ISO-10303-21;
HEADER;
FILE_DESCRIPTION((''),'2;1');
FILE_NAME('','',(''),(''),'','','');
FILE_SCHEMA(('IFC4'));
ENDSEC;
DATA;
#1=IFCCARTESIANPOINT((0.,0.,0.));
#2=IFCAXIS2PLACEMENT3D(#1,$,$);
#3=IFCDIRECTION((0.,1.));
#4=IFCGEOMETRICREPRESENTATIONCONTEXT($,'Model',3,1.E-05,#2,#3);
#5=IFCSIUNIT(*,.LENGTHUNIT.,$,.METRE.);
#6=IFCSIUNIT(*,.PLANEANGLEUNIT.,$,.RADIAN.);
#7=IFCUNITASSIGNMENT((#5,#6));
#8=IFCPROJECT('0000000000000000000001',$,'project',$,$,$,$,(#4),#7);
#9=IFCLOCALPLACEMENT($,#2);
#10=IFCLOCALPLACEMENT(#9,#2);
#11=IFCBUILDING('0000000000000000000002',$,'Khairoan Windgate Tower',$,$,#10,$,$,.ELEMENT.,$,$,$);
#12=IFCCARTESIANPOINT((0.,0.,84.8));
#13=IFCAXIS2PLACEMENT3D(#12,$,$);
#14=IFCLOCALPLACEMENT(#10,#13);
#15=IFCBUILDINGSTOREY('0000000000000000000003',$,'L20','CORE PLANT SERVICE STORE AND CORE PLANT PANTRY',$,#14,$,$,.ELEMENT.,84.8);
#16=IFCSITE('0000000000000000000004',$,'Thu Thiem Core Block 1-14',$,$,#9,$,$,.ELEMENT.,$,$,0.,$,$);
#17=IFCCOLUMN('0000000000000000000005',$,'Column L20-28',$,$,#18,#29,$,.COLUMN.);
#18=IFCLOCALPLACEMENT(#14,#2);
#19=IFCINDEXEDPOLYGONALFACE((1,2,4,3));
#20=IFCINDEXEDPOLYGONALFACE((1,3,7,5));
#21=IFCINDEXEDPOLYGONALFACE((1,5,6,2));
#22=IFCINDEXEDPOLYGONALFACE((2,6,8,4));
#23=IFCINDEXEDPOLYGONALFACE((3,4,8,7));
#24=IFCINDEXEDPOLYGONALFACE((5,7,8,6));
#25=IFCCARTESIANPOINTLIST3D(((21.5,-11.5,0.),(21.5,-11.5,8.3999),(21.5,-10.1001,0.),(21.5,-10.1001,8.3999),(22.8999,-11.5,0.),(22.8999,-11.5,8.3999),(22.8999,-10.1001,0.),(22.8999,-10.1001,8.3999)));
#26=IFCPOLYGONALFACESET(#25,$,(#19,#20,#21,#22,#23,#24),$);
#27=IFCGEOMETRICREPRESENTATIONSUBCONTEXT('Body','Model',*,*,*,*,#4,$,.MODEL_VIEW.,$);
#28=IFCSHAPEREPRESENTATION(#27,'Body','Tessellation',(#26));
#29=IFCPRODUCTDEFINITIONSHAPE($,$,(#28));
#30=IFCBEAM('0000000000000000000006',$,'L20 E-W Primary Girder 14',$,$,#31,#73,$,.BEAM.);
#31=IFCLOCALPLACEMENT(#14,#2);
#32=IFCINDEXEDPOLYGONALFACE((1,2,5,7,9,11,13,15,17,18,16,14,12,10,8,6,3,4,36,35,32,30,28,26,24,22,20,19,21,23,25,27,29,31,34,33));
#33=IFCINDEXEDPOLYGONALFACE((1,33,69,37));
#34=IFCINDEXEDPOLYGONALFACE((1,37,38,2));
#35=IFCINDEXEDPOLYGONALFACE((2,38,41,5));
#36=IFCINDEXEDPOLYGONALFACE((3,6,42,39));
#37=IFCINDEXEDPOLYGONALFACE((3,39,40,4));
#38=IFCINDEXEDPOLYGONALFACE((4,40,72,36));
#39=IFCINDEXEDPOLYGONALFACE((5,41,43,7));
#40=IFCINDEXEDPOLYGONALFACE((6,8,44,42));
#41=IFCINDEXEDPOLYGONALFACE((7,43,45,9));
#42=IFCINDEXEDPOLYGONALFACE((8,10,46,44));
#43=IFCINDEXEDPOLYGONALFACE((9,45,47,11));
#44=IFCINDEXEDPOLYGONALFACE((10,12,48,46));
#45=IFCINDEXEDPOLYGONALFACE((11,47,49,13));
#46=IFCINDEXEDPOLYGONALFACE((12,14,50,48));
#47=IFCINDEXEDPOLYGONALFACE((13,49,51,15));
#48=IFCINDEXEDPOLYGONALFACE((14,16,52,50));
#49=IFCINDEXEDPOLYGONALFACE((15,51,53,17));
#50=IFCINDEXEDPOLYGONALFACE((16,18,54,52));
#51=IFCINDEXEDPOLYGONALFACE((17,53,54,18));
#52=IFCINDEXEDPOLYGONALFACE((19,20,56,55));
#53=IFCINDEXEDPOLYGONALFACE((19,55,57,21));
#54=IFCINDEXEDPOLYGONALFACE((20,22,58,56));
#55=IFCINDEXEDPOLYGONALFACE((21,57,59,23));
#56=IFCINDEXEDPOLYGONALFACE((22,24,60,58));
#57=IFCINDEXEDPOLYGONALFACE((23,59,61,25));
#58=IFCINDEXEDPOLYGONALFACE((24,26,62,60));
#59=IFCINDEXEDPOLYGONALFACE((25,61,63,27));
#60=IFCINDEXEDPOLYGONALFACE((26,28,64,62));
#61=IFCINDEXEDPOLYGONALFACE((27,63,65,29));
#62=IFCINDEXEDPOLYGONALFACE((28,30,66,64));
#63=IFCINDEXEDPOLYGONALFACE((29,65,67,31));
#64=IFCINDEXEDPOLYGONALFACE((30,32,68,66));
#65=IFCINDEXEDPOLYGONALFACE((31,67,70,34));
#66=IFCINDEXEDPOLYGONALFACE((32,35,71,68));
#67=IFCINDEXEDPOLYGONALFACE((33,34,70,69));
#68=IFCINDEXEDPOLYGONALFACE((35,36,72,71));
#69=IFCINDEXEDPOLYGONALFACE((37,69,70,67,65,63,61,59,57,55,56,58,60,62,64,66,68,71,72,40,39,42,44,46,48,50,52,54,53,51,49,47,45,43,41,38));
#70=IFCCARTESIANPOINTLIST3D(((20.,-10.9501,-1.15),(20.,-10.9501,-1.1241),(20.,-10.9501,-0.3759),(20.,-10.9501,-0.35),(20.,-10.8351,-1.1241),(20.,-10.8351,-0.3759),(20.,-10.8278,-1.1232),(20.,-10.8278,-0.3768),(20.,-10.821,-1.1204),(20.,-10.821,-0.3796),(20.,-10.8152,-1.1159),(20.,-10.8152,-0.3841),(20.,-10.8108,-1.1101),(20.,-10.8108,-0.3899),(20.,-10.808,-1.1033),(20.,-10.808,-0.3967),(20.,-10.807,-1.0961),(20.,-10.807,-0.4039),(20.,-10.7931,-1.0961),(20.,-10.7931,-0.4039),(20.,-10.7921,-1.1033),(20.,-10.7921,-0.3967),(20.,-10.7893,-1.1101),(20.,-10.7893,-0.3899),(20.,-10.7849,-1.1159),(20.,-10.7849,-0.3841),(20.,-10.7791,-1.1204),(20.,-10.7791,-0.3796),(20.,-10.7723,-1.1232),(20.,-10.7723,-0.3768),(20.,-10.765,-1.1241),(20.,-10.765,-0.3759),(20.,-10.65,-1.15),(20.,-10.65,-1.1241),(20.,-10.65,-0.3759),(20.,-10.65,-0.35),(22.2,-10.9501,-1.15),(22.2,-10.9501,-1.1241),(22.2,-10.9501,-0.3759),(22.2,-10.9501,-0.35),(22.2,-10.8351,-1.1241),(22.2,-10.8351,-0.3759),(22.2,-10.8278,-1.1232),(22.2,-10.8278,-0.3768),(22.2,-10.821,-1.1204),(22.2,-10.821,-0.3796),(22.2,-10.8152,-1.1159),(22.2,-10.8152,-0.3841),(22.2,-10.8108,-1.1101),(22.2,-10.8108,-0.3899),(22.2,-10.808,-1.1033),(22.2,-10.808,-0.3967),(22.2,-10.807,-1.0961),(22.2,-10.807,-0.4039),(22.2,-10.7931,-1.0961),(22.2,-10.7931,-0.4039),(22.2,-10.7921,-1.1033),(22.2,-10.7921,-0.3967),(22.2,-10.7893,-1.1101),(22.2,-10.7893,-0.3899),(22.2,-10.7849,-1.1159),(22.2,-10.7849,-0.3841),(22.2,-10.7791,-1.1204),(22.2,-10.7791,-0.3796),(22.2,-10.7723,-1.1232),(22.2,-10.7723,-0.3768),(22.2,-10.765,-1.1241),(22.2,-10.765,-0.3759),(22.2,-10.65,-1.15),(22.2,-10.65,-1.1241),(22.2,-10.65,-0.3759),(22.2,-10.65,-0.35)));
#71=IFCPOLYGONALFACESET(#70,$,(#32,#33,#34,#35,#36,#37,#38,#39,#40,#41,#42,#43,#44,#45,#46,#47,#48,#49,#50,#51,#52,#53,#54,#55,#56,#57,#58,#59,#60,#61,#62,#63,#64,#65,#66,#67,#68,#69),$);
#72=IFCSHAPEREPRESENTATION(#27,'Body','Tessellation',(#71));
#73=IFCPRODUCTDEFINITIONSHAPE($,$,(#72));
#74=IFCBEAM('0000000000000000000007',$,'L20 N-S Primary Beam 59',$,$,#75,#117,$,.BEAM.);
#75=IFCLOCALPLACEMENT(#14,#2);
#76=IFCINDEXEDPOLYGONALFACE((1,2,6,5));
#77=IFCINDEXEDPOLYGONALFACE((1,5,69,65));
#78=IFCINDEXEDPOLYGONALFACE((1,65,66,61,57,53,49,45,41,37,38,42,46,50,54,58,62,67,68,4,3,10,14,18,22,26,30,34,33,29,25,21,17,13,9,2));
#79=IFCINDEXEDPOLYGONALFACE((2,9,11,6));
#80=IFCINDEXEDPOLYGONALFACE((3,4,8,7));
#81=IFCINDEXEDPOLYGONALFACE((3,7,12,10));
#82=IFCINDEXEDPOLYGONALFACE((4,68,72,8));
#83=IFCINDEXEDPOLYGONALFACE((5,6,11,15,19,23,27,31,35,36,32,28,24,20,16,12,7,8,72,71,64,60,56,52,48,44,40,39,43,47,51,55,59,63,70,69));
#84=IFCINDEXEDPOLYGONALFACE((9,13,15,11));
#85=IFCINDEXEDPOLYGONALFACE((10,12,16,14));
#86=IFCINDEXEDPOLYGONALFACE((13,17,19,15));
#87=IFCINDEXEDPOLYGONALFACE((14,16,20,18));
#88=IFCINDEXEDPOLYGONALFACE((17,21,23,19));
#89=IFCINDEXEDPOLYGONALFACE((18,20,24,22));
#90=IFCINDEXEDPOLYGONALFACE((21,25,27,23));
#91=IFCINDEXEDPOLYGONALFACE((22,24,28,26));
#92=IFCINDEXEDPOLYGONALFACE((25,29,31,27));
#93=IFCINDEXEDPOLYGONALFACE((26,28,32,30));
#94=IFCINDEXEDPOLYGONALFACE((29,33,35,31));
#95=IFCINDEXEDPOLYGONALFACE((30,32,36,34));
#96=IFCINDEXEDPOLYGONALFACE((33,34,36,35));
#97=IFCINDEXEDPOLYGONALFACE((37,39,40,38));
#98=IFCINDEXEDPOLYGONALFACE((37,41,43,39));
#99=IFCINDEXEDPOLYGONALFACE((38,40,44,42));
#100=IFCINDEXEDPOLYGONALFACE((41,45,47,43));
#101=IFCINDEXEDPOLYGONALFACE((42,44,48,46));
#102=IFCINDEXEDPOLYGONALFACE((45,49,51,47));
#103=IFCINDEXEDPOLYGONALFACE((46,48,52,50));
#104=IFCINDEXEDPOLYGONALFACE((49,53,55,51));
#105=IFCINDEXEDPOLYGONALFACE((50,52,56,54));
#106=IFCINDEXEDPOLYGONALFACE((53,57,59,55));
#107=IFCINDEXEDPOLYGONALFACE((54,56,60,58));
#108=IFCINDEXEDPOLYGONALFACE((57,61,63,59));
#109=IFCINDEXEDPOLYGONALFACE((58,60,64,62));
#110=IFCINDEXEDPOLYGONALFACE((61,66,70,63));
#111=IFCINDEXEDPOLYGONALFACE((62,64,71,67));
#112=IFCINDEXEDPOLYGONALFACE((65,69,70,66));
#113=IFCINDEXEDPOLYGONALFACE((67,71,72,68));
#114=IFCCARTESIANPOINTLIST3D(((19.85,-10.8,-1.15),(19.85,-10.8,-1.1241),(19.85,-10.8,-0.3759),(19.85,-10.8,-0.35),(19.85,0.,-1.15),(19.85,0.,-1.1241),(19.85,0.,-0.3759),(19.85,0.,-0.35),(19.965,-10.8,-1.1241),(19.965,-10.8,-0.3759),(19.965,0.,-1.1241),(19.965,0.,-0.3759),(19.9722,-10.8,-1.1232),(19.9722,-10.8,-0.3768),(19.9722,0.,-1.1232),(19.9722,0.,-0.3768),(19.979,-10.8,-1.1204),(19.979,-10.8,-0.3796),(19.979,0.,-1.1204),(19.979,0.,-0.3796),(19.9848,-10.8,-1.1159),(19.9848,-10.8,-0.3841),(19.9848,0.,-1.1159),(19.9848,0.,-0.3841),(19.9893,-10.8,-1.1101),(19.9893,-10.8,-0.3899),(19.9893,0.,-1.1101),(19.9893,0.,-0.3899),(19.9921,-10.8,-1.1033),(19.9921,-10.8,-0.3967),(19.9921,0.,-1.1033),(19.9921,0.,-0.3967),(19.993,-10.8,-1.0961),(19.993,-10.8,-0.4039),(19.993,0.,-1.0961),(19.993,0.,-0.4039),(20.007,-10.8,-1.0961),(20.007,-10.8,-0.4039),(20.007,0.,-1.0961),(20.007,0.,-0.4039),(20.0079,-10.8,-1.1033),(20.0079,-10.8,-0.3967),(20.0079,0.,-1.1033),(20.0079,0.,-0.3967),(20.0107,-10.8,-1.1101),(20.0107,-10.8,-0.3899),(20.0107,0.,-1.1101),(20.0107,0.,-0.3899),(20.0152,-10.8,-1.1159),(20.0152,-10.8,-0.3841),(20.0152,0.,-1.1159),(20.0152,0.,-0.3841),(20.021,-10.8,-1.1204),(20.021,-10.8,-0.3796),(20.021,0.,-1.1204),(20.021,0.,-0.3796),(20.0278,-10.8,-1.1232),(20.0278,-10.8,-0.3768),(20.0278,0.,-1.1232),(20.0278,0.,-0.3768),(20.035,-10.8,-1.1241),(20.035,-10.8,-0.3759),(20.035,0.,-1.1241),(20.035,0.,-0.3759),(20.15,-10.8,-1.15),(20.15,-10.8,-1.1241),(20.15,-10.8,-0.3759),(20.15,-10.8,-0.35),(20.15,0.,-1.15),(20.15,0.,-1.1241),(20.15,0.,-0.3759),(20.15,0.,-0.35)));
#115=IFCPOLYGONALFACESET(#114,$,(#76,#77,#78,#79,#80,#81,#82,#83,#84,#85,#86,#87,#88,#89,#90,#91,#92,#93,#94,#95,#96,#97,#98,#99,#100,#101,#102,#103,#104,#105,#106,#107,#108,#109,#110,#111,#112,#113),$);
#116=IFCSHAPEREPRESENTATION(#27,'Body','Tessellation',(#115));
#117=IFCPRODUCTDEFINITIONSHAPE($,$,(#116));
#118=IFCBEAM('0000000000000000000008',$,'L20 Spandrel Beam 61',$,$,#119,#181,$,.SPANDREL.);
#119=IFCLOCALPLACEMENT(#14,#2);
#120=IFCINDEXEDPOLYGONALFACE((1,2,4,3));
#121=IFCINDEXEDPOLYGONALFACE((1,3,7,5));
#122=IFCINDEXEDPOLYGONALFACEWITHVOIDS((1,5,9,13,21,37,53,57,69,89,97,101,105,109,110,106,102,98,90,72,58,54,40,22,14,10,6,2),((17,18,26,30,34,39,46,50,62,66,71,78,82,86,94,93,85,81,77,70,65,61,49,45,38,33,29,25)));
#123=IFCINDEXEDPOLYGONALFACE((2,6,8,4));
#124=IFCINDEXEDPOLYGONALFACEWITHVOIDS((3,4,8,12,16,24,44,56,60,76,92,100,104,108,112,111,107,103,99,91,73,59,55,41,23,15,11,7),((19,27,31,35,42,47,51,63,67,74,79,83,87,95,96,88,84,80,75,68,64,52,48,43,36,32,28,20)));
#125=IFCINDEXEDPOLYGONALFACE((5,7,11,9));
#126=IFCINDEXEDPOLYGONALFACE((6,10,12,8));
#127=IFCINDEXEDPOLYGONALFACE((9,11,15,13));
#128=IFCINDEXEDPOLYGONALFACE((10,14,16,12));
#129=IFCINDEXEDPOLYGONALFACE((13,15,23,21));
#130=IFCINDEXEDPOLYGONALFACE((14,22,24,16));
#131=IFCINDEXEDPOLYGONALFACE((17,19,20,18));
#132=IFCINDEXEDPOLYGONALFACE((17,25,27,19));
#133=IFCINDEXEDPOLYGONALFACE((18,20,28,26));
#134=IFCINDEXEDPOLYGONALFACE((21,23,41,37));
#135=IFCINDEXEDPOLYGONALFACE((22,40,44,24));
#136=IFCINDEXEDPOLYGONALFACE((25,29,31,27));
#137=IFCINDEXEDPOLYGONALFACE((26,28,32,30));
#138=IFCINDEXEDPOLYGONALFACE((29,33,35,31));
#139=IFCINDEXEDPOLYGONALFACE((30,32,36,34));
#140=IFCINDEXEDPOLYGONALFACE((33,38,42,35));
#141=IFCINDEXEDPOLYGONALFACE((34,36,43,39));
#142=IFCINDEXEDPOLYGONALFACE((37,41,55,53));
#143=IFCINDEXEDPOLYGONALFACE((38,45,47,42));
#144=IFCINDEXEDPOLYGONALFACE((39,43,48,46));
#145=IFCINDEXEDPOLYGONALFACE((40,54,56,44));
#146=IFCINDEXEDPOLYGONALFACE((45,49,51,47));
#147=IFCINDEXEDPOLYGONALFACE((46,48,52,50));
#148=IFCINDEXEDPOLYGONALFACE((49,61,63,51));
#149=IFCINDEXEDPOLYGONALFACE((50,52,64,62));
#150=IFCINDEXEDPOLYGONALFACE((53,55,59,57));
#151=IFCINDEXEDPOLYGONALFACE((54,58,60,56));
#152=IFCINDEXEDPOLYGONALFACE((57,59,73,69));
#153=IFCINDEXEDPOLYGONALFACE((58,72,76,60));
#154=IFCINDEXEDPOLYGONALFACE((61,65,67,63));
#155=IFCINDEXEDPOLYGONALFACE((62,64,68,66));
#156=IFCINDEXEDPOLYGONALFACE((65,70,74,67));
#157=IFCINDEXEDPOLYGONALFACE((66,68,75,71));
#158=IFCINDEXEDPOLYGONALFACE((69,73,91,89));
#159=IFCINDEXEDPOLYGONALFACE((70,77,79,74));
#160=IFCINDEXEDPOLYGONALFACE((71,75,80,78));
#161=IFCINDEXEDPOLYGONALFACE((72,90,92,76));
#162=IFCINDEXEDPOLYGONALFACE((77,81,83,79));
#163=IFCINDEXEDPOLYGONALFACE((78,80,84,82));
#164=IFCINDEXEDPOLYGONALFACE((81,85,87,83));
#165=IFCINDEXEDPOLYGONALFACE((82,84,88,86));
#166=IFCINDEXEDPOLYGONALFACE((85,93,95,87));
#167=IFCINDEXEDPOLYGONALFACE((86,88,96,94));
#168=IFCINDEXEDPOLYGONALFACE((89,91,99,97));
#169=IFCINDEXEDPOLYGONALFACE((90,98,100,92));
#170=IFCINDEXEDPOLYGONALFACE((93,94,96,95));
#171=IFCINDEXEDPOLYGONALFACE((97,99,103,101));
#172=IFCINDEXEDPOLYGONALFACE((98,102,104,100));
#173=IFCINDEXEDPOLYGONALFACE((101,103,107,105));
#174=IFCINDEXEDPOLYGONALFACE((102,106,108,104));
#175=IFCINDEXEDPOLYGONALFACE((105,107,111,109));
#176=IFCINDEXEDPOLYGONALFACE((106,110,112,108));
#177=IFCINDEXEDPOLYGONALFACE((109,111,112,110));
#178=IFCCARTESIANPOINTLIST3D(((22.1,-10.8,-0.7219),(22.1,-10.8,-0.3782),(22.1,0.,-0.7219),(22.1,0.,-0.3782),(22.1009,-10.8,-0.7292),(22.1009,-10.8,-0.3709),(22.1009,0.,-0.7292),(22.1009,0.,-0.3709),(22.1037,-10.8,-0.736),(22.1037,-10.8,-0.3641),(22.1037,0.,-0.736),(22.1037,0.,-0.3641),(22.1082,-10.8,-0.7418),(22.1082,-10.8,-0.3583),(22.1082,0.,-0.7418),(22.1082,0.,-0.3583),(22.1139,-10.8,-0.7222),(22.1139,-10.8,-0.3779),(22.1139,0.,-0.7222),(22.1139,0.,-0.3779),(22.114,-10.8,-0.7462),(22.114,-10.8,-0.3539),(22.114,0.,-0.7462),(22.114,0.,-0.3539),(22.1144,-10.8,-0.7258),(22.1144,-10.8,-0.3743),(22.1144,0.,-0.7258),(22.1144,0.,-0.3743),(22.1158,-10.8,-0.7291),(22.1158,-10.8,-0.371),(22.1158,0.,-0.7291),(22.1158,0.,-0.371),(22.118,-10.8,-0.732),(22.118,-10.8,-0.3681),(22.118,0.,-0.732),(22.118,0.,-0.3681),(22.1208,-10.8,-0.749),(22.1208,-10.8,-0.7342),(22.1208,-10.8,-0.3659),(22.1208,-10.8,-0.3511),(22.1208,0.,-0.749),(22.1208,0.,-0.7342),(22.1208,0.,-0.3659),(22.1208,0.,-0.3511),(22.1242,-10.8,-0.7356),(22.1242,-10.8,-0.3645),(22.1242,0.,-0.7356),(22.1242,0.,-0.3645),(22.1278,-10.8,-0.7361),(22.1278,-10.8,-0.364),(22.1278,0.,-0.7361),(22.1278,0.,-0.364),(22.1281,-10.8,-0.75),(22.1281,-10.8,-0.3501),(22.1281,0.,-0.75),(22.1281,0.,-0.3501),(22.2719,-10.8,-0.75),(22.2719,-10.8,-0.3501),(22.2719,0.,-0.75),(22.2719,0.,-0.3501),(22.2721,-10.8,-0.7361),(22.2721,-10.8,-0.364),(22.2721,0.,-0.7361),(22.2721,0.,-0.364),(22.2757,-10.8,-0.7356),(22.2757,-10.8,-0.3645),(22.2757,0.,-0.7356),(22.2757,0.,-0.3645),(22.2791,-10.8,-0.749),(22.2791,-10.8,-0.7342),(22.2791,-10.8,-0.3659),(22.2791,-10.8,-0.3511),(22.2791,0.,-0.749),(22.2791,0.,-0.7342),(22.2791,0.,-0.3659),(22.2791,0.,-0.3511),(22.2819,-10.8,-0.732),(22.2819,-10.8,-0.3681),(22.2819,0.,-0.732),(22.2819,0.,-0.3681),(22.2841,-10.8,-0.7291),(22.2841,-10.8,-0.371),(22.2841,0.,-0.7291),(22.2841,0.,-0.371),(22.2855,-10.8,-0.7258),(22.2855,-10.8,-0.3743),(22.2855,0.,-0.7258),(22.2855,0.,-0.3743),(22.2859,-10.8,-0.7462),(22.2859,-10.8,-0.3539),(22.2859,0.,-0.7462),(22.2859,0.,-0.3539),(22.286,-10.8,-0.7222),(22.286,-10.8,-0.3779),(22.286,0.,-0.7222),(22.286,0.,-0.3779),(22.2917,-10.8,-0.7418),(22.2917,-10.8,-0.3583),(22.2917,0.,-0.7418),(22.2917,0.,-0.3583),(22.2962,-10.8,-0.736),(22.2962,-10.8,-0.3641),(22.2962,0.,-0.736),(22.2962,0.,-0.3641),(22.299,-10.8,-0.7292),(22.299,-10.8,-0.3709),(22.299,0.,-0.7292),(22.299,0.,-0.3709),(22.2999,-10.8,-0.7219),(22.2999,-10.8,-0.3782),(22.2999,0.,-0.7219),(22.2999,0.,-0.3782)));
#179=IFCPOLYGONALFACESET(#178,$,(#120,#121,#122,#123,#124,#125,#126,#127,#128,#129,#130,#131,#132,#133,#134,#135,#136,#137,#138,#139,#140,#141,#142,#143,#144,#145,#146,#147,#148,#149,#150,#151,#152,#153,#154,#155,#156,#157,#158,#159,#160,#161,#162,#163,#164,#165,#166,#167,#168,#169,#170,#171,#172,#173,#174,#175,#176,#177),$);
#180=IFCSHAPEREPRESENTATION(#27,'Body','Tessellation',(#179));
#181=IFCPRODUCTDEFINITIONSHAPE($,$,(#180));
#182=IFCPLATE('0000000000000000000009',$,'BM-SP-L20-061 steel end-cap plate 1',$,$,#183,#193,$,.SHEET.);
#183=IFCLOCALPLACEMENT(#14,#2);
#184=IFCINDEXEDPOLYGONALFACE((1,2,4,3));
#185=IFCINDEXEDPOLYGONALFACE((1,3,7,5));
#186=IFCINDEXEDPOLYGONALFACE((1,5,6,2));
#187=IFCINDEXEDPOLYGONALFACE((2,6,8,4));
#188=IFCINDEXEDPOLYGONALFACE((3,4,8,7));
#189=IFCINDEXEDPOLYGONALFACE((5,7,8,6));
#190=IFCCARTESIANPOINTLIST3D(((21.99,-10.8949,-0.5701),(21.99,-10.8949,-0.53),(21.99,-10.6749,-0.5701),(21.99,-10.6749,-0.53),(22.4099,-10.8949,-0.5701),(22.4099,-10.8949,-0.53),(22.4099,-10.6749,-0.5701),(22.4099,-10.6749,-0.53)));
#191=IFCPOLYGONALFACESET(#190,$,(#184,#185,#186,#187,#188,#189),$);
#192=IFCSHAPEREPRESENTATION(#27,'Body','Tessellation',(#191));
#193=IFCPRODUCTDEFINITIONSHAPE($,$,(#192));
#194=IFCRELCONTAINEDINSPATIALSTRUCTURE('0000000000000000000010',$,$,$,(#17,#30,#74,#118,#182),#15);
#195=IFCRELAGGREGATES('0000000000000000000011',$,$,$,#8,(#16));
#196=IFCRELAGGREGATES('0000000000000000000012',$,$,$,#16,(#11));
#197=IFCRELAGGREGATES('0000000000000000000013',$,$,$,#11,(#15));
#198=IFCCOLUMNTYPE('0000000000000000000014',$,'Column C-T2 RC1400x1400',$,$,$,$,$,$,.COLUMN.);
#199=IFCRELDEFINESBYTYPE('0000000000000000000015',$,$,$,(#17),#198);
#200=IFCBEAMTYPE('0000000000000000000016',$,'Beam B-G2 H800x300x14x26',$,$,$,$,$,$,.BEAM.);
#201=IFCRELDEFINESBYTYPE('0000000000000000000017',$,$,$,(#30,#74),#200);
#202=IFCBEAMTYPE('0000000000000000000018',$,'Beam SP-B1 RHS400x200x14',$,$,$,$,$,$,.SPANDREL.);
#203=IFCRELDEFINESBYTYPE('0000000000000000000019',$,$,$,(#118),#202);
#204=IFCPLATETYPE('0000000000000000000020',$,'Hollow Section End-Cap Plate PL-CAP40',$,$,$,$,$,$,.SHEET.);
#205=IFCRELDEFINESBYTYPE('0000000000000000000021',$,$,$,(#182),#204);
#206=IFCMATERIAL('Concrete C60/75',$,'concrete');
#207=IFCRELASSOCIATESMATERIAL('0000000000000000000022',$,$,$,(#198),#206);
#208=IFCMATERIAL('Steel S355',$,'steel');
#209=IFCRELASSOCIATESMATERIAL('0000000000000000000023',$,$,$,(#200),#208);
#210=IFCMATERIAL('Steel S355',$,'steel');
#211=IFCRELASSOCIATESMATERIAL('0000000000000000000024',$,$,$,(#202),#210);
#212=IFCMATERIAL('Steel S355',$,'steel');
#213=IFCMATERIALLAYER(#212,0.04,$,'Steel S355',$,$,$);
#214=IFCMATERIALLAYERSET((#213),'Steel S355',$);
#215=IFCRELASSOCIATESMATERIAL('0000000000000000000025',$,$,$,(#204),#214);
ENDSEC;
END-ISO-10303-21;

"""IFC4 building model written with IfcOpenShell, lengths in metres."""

from ifc_helpers import new_model, si_unit, direction, frame, origin, origin_2d, place, context, subcontext, project, spatial, rectangle, hollow_rectangle, i_section, extrude, material, layer, layer_set, material_profile, profile_set, type_object, element, save


model = new_model("IFC4")

# Units and contexts
model_context = context("Model", 3, precision=1e-05, world=origin(), true_north=direction((0.0, 1.0)))
body_context = subcontext(model_context, "Body", "Model", "MODEL_VIEW")
ifc_project = project(units=[si_unit("LENGTHUNIT", "METRE"), si_unit("PLANEANGLEUNIT", "RADIAN")], contexts=[model_context])

# Site, building, storey
site_placement = place(None, origin())
site = spatial("IfcSite", under=ifc_project, at=site_placement, Name="Thu Thiem Core Block 1-14", CompositionType="ELEMENT", RefElevation=0.0)
building_placement = place(site_placement, origin())
building = spatial("IfcBuilding", under=site, at=building_placement, Name="Khairoan Windgate Tower", CompositionType="ELEMENT")
storey_placement = place(building_placement, frame((0.0, 0.0, 84.8)))
storey = spatial("IfcBuildingStorey", under=building, at=storey_placement, Name="L20", Description="CORE PLANT SERVICE STORE AND CORE PLANT PANTRY", CompositionType="ELEMENT", Elevation=84.8)

# Column
ifc_material_1 = material(Name="Concrete C60/75", Category="concrete")
ifc_material_profile_1 = material_profile(ifc_material_1, rectangle(XDim=1.3999, YDim=1.3999, at=origin_2d()))
ifc_profile_set_1 = profile_set([ifc_material_profile_1], Name="Concrete C60/75")
column_type = type_object("IfcColumnType", Name="Column C-T2 RC1400x1400", PredefinedType="COLUMN", material=ifc_profile_set_1)
column_placement = place(storey_placement, frame((22.2, -10.8, 0.0), z_axis=(0.0, 0.0, 1.0), x_axis=(1.0, 0.0, 0.0)))
element("IfcColumn", 1, at=column_placement, inside=storey, type_object=column_type, Name="Column L20-28", PredefinedType="COLUMN", context=body_context, shape_type="SweptSolid", body=[
    extrude(rectangle(XDim=1.3999, YDim=1.3999, at=origin_2d()), origin(), (0.0, 0.0, 1.0), 8.3999),
])

# Beams
ifc_material_2 = material(Name="Steel S355", Category="steel")
ifc_material_profile_2 = material_profile(ifc_material_2, i_section(OverallWidth=0.3, OverallDepth=0.8, WebThickness=0.0139, FlangeThickness=0.0259, FilletRadius=0.0281, at=origin_2d()))
ifc_profile_set_2 = profile_set([ifc_material_profile_2], Name="Steel S355")
beam_type_1 = type_object("IfcBeamType", Name="Beam B-G2 H800x300x14x26", PredefinedType="BEAM", material=ifc_profile_set_2)
beam_1_placement = place(storey_placement, frame((20.0, -10.8, -0.75), z_axis=(1.0, 0.0, 0.0), x_axis=(0.0, 1.0, 0.0)))
element("IfcBeam", 2, at=beam_1_placement, inside=storey, type_object=beam_type_1, Name="L20 E-W Primary Girder 14", PredefinedType="BEAM", context=body_context, shape_type="SweptSolid", body=[
    extrude(i_section(OverallWidth=0.3, OverallDepth=0.8, WebThickness=0.0139, FlangeThickness=0.0259, FilletRadius=0.0281, at=origin_2d()), origin(), (0.0, 0.0, 1.0), 2.2),
])
beam_2_placement = place(storey_placement, frame((20.0, -10.8, -0.75), z_axis=(0.0, 1.0, 0.0), x_axis=(-1.0, 0.0, 0.0)))
element("IfcBeam", 3, at=beam_2_placement, inside=storey, type_object=beam_type_1, Name="L20 N-S Primary Beam 59", PredefinedType="BEAM", context=body_context, shape_type="SweptSolid", body=[
    extrude(i_section(OverallWidth=0.3, OverallDepth=0.8, WebThickness=0.0139, FlangeThickness=0.0259, FilletRadius=0.0281, at=origin_2d()), origin(), (0.0, 0.0, 1.0), 10.8),
])
ifc_material_3 = material(Name="Steel S355", Category="steel")
ifc_material_profile_3 = material_profile(ifc_material_3, hollow_rectangle(XDim=0.2, YDim=0.3999, WallThickness=0.0139, InnerFilletRadius=0.0139, OuterFilletRadius=0.0281, at=origin_2d()))
ifc_profile_set_3 = profile_set([ifc_material_profile_3], Name="Steel S355")
beam_type_2 = type_object("IfcBeamType", Name="Beam SP-B1 RHS400x200x14", PredefinedType="SPANDREL", material=ifc_profile_set_3)
beam_3_placement = place(storey_placement, frame((22.2, -10.8, -0.55), z_axis=(0.0, 1.0, 0.0), x_axis=(-1.0, 0.0, 0.0)))
element("IfcBeam", 4, at=beam_3_placement, inside=storey, type_object=beam_type_2, Name="L20 Spandrel Beam 61", PredefinedType="SPANDREL", context=body_context, shape_type="SweptSolid", body=[
    extrude(hollow_rectangle(XDim=0.2, YDim=0.3999, WallThickness=0.0139, InnerFilletRadius=0.0139, OuterFilletRadius=0.0281, at=origin_2d()), origin(), (0.0, 0.0, 1.0), 10.8),
])

# Plate
ifc_material_4 = material(Name="Steel S355", Category="steel")
ifc_layer_1 = layer(ifc_material_4, 0.04, Name="Steel S355")
ifc_layer_set_1 = layer_set([ifc_layer_1], Name="Steel S355")
plate_type = type_object("IfcPlateType", Name="Hollow Section End-Cap Plate PL-CAP40", PredefinedType="SHEET", material=ifc_layer_set_1)
plate_placement = place(storey_placement, frame((22.2, -10.7849, -0.5701), z_axis=(0.0, 0.0, 1.0), x_axis=(0.0, 1.0, 0.0)))
element("IfcPlate", 5, at=plate_placement, inside=storey, type_object=plate_type, Name="BM-SP-L20-061 steel end-cap plate 1", PredefinedType="SHEET", context=body_context, shape_type="SweptSolid", body=[
    extrude(rectangle(XDim=0.22, YDim=0.4199, at=origin_2d()), origin(), (0.0, 0.0, 1.0), 0.04),
])

save(model, "model.ifc")
